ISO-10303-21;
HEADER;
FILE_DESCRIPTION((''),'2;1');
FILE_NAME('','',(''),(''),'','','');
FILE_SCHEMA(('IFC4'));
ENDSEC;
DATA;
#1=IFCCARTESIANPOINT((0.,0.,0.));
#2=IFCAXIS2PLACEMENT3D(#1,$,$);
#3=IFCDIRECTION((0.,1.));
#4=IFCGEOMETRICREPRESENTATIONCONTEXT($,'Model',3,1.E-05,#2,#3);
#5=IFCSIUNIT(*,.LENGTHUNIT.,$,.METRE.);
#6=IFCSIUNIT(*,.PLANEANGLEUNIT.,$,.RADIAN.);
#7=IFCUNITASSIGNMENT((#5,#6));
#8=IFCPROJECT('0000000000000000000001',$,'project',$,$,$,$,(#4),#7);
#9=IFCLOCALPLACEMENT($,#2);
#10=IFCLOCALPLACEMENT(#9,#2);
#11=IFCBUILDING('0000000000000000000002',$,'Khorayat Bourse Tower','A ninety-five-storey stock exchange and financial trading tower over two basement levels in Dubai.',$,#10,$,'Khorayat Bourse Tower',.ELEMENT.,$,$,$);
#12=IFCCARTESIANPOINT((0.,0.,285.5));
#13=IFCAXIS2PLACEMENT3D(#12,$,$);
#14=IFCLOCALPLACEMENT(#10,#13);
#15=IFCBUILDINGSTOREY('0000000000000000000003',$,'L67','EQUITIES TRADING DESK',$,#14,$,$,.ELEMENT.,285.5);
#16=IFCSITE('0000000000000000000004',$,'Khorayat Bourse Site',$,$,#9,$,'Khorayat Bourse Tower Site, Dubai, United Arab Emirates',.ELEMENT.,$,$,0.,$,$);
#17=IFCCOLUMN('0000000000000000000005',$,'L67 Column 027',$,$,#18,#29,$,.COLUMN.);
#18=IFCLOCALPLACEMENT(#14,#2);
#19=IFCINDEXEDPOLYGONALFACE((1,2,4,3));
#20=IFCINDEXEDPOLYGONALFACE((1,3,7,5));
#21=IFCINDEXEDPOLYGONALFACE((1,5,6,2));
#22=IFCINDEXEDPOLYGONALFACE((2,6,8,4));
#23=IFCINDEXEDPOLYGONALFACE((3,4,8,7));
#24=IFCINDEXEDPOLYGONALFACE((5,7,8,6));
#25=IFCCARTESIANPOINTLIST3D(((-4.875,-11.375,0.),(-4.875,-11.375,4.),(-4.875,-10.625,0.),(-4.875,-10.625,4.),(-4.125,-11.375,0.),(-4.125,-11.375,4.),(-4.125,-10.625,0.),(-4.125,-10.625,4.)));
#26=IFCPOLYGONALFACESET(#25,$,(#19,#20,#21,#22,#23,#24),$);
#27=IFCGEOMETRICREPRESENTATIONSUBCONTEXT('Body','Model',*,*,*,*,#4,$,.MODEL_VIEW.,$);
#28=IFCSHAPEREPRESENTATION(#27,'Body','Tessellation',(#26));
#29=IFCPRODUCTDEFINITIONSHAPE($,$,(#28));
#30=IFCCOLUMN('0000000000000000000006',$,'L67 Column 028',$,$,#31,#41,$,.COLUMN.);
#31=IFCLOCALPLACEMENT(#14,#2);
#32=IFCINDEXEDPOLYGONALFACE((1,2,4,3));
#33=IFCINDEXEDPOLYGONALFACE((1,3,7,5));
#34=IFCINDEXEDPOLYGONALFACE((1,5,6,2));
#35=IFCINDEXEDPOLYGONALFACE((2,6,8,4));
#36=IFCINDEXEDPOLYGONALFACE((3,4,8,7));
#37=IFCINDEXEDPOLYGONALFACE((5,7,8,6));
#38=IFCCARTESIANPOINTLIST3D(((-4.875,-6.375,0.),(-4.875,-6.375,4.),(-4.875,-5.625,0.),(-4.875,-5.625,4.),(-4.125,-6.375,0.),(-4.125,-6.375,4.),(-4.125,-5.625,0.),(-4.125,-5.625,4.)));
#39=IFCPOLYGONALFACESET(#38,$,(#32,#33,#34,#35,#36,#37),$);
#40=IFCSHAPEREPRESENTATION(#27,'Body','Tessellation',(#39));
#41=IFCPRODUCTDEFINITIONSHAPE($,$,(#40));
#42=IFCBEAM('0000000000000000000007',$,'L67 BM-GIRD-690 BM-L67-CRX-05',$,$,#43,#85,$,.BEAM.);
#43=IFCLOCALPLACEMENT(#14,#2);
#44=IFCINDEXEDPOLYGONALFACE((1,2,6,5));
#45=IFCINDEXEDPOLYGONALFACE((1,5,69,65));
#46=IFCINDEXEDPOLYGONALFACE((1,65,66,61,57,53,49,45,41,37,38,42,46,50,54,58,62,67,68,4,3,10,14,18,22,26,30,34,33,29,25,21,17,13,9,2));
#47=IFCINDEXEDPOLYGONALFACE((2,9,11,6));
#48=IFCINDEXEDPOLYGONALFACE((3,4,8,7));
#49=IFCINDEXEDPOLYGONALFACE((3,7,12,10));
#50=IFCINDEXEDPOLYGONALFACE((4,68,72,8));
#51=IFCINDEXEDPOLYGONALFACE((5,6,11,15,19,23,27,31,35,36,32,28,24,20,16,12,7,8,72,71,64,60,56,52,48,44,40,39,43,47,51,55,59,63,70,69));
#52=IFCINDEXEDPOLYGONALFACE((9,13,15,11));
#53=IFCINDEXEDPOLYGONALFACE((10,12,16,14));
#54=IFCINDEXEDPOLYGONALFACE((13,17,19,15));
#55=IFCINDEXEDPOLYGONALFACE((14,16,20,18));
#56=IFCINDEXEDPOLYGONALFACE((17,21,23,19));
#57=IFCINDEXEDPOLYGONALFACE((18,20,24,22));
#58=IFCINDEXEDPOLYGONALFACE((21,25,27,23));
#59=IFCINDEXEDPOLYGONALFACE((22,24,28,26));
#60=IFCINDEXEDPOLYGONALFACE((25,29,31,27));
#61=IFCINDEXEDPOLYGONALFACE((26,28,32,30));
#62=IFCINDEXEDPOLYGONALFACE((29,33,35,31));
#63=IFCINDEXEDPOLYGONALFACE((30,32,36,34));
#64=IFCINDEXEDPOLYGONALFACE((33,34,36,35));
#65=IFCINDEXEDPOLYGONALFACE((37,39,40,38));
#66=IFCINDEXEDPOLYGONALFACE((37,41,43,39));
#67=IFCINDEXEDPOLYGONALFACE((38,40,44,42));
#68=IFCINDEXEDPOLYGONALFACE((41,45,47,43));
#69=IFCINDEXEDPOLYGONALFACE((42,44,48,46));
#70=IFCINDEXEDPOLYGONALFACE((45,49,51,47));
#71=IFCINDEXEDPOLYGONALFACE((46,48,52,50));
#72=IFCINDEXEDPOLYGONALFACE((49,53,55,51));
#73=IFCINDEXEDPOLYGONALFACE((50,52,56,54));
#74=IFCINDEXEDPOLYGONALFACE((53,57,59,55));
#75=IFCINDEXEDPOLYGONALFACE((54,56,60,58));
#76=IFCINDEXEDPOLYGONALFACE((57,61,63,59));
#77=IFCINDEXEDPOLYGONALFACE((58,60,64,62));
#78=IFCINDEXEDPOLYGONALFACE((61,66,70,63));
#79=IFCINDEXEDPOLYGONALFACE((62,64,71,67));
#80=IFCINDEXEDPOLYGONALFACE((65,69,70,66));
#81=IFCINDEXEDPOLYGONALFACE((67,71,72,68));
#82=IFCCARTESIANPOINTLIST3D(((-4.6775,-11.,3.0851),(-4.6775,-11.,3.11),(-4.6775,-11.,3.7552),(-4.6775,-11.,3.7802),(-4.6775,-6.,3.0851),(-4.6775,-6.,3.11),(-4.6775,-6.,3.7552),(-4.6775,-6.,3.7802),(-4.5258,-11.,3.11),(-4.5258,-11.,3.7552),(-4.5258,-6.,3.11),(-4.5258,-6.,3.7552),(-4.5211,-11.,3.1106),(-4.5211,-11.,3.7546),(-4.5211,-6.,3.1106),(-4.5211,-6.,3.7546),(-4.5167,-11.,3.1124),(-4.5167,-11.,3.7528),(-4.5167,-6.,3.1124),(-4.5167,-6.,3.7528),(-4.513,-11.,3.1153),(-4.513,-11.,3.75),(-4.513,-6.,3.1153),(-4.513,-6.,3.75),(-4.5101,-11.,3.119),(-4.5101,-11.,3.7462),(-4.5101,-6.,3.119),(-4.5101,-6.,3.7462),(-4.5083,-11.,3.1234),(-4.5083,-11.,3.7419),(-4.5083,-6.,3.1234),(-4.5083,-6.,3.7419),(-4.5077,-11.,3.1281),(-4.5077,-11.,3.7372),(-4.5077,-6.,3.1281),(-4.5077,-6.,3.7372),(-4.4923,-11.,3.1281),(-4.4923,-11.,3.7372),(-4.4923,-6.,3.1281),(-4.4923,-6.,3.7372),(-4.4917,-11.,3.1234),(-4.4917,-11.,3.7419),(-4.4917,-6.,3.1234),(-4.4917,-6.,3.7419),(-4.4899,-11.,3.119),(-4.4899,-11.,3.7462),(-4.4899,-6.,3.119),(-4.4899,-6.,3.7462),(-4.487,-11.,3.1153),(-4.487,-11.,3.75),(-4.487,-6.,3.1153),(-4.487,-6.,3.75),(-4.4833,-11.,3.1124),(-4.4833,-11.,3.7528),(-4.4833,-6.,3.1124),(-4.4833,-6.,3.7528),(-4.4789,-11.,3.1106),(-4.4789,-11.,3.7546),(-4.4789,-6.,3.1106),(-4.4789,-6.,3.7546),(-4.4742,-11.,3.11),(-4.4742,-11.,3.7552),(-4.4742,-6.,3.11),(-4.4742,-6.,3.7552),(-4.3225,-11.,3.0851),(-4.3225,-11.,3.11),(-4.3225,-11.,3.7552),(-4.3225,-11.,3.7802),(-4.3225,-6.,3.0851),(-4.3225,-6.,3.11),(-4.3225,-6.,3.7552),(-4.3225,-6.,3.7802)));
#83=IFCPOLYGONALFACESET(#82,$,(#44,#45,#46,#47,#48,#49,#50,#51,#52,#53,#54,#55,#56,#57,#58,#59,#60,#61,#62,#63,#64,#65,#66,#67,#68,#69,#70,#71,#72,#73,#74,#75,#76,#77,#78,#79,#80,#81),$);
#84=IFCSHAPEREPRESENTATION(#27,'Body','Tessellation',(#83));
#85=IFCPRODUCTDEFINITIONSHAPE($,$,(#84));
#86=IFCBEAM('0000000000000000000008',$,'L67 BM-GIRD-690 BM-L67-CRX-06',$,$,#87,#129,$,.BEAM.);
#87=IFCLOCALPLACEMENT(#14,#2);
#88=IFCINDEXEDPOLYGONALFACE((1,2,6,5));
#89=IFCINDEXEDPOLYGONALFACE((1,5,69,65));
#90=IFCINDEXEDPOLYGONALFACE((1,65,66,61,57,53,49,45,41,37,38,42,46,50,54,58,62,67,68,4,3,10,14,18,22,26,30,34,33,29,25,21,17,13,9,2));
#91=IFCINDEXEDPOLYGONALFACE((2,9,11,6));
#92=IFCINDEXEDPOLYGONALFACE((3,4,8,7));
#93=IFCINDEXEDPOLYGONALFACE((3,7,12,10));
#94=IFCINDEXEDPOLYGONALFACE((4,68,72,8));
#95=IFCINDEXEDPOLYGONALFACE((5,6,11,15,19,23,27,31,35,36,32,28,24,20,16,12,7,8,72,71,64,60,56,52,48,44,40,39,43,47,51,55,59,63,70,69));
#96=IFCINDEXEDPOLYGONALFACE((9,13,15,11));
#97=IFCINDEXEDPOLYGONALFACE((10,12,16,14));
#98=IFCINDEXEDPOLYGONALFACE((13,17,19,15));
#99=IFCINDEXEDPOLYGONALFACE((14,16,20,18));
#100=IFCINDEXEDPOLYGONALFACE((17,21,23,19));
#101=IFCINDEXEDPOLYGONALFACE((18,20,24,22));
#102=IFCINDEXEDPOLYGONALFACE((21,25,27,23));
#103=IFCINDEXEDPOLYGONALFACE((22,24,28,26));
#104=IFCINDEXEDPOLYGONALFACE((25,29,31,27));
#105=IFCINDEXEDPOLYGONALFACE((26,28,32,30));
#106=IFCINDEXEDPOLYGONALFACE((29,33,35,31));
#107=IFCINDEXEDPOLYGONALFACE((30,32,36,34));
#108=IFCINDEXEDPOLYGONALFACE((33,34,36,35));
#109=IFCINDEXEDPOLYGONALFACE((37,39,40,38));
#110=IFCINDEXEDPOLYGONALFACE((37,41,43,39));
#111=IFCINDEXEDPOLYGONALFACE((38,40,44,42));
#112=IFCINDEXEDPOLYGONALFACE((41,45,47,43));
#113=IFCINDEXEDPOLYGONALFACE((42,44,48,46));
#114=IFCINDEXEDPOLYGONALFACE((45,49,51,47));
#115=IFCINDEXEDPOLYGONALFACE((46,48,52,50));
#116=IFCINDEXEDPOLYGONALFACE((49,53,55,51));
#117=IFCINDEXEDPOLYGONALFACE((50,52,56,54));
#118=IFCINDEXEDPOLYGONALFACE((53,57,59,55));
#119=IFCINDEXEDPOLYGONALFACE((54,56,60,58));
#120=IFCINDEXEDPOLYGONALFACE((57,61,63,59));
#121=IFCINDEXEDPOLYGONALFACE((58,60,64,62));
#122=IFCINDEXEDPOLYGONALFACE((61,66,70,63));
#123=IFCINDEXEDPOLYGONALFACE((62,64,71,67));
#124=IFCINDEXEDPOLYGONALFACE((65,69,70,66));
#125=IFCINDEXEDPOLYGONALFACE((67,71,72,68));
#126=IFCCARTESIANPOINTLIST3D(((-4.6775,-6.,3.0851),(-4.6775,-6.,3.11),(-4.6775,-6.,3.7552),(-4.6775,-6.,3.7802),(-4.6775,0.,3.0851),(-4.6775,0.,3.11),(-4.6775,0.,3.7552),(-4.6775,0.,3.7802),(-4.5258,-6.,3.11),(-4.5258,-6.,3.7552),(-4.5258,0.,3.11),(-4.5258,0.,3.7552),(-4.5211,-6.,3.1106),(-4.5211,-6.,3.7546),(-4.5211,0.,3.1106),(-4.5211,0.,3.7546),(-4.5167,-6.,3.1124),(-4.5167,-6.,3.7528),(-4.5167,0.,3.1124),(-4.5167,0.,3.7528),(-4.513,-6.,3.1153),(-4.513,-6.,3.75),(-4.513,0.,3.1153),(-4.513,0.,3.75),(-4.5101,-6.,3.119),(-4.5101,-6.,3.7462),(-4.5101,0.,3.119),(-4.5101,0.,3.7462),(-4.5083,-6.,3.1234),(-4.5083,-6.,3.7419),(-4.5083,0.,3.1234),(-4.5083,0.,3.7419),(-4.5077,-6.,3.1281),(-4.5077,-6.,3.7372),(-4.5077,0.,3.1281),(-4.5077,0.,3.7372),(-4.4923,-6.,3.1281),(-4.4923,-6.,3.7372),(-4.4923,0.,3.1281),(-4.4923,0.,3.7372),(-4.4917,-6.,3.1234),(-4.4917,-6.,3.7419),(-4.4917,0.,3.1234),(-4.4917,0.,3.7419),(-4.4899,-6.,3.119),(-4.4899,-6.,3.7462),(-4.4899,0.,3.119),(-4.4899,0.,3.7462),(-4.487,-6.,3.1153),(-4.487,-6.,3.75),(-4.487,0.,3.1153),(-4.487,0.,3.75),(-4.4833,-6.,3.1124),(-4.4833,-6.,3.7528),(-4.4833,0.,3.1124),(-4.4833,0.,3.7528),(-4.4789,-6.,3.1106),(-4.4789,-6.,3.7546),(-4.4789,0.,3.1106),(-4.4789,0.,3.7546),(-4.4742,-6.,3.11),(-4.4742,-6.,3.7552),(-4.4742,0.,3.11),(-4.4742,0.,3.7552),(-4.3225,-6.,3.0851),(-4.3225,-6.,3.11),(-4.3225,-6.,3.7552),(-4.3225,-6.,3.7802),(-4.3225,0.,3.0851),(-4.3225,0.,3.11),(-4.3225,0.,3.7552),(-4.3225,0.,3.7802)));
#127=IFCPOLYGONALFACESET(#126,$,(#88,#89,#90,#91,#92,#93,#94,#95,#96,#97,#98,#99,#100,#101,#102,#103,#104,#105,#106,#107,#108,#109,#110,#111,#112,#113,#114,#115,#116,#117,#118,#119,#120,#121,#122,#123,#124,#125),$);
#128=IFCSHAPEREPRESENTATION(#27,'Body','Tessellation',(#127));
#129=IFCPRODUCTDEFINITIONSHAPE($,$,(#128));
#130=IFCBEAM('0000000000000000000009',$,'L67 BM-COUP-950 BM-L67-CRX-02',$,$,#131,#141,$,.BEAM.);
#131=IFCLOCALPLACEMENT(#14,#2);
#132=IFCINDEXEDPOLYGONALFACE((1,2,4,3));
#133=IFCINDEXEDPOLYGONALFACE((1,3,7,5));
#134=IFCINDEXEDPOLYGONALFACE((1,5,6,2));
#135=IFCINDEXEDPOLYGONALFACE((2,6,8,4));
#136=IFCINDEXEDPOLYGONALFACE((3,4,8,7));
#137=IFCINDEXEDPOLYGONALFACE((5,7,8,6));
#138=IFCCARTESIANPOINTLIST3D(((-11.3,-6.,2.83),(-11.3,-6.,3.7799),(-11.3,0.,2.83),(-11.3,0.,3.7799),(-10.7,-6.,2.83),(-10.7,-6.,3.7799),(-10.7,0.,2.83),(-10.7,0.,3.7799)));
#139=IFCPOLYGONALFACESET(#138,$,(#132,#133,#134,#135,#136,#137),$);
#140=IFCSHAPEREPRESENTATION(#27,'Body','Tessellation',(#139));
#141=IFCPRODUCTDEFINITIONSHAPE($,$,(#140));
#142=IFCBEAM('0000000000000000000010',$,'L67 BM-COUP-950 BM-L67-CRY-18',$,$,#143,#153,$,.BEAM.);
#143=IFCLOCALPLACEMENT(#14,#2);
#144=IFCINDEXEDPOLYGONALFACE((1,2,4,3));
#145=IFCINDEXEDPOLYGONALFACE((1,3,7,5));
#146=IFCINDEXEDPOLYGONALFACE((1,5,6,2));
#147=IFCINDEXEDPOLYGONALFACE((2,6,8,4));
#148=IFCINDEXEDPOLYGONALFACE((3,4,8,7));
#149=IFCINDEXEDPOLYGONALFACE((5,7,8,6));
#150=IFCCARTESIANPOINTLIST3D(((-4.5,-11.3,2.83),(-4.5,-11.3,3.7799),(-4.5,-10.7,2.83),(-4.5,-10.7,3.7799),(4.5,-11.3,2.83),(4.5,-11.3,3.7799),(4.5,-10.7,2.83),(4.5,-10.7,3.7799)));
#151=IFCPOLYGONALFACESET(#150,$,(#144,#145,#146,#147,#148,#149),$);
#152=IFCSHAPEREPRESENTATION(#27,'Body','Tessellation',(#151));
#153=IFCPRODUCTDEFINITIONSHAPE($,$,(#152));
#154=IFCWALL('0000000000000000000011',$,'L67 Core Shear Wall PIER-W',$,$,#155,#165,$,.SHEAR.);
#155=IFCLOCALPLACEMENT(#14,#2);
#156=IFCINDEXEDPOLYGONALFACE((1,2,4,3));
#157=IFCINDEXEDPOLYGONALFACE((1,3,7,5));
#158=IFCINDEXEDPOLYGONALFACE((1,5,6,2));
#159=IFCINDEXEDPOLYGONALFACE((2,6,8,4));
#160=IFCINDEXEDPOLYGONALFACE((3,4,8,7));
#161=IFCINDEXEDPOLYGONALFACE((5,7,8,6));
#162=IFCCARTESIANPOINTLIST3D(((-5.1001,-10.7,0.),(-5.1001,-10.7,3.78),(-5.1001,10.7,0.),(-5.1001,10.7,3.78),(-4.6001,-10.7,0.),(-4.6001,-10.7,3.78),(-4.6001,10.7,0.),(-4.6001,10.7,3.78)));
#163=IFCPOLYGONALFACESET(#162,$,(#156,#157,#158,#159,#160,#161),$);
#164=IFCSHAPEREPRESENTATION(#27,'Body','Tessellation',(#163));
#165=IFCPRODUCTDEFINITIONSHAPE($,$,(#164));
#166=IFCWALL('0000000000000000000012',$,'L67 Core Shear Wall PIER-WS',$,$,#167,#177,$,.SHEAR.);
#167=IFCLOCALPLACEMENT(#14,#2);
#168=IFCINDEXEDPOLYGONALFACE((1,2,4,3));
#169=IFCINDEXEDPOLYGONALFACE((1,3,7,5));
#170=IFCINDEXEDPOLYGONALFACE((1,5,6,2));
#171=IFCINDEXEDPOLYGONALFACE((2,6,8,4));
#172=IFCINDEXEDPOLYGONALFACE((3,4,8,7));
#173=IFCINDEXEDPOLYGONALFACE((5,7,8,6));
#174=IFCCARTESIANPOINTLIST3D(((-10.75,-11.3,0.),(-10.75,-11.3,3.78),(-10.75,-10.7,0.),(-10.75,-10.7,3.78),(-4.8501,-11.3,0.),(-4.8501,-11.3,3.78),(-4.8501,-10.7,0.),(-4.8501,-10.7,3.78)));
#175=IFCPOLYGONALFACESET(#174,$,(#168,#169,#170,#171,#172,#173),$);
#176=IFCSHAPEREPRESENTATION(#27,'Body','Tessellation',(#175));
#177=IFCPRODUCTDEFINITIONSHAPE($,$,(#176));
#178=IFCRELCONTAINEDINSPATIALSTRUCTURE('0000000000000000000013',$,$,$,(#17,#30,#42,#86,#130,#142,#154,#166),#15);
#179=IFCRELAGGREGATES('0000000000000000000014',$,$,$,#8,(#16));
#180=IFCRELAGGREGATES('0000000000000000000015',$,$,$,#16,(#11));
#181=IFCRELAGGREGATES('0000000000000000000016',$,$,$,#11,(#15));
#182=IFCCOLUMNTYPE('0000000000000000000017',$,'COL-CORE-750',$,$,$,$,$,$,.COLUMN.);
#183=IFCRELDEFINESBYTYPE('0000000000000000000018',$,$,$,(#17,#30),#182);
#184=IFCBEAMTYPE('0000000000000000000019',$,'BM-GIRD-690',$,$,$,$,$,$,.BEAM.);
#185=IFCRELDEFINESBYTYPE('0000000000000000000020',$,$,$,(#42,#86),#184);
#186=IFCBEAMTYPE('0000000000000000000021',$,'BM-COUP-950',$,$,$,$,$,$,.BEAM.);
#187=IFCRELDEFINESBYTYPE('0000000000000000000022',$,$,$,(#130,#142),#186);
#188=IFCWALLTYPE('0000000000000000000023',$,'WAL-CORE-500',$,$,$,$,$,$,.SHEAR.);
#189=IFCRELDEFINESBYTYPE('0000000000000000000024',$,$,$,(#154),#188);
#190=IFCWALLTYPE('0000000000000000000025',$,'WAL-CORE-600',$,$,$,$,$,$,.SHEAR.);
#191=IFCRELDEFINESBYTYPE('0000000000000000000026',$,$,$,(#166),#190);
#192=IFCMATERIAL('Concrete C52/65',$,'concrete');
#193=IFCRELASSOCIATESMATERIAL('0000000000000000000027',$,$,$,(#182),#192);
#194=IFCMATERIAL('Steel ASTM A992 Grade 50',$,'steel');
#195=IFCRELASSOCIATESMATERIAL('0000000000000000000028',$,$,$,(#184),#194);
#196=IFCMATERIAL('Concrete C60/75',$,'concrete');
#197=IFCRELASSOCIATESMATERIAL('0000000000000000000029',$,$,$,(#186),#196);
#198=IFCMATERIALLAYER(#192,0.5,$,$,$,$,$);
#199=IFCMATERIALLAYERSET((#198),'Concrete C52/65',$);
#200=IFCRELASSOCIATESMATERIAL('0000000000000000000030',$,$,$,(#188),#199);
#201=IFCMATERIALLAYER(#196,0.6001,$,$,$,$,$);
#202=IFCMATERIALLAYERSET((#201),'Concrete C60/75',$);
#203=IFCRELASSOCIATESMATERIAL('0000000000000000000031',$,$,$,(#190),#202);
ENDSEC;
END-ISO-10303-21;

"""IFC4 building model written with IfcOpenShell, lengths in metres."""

from ifc_helpers import new_model, si_unit, direction, frame, frame_2d, origin, origin_2d, place, context, subcontext, project, spatial, rectangle, i_section, extrude, source, transform, mapped, material, layer, layer_set, material_profile, profile_set, type_object, element, save


model = new_model("IFC4")

# Units and contexts
model_context = context("Model", 3, precision=1e-05, world=origin(), true_north=direction((0.0, 1.0)))
body_context = subcontext(model_context, "Body", "Model", "MODEL_VIEW")
ifc_project = project(units=[si_unit("LENGTHUNIT", "METRE"), si_unit("PLANEANGLEUNIT", "RADIAN")], contexts=[model_context])

# Site, building, storey
site_placement = place(None, origin())
site = spatial("IfcSite", under=ifc_project, at=site_placement, Name="Khorayat Bourse Site", LongName="Khorayat Bourse Tower Site, Dubai, United Arab Emirates", CompositionType="ELEMENT", RefElevation=0.0)
building_placement = place(site_placement, origin())
building = spatial("IfcBuilding", under=site, at=building_placement, Name="Khorayat Bourse Tower", Description="A ninety-five-storey stock exchange and financial trading tower over two basement levels in Dubai.", LongName="Khorayat Bourse Tower", CompositionType="ELEMENT")
storey_placement = place(building_placement, frame((0.0, 0.0, 285.5)))
storey = spatial("IfcBuildingStorey", under=building, at=storey_placement, Name="L67", Description="EQUITIES TRADING DESK", CompositionType="ELEMENT", Elevation=285.5)

# Columns
ifc_material_1 = material(Name="Concrete C52/65", Category="concrete")
ifc_material_profile_1 = material_profile(ifc_material_1, rectangle(XDim=0.75, YDim=0.75, at=origin_2d()), Name="RC 750x750")
ifc_profile_set_1 = profile_set([ifc_material_profile_1], Name="Concrete C52/65")
column_type = type_object("IfcColumnType", Name="COL-CORE-750", PredefinedType="COLUMN", material=ifc_profile_set_1)
shared_shape_1 = source(origin(), body_context, "Body", "SweptSolid", [
    extrude(rectangle(XDim=0.75, YDim=0.75, at=origin_2d()), origin(), (0.0, 0.0, 1.0), 4.0),
])
for number, where, z_axis, x_axis, name in (
    (1, (-4.5, -11.0, 0.0), (0.0, 0.0, 1.0), (1.0, 0.0, 0.0), "L67 Column 027"),
    (2, (-4.5, -6.0, 0.0), (0.0, 0.0, 1.0), (1.0, 0.0, 0.0), "L67 Column 028"),
):
    element("IfcColumn", number, at=place(storey_placement, frame(where, z_axis=z_axis, x_axis=x_axis)), inside=storey, type_object=column_type, Name=name, PredefinedType="COLUMN", context=body_context, shape_type="MappedRepresentation", body=[
        mapped(shared_shape_1, transform((0.0, 0.0, 0.0), scale=1.0)),
    ])

# Beams
ifc_material_2 = material(Name="Steel ASTM A992 Grade 50", Category="steel")
ifc_material_profile_2 = material_profile(ifc_material_2, i_section(OverallWidth=0.355, OverallDepth=0.6951, WebThickness=0.0154, FlangeThickness=0.0249, FilletRadius=0.0181, at=origin_2d()), Name="W690X217")
ifc_profile_set_2 = profile_set([ifc_material_profile_2], Name="Steel ASTM A992 Grade 50")
beam_type_1 = type_object("IfcBeamType", Name="BM-GIRD-690", PredefinedType="BEAM", material=ifc_profile_set_2)
shared_shape_2 = source(origin(), body_context, "Body", "SweptSolid", [
    extrude(i_section(OverallWidth=0.355, OverallDepth=0.6951, WebThickness=0.0154, FlangeThickness=0.0249, FilletRadius=0.0181, at=origin_2d()), origin(), (0.0, 0.0, 1.0), 5.0),
])
beam_1_placement = place(storey_placement, frame((-4.5, -11.0, 3.4326), z_axis=(0.0, 1.0, 0.0), x_axis=(-1.0, 0.0, 0.0)))
element("IfcBeam", 3, at=beam_1_placement, inside=storey, type_object=beam_type_1, Name="L67 BM-GIRD-690 BM-L67-CRX-05", PredefinedType="BEAM", context=body_context, shape_type="MappedRepresentation", body=[
    mapped(shared_shape_2, transform((0.0, 0.0, 0.0), scale=1.0)),
])
shared_shape_3 = source(origin(), body_context, "Body", "SweptSolid", [
    extrude(i_section(OverallWidth=0.355, OverallDepth=0.6951, WebThickness=0.0154, FlangeThickness=0.0249, FilletRadius=0.0181, at=origin_2d()), origin(), (0.0, 0.0, 1.0), 6.0),
])
beam_2_placement = place(storey_placement, frame((-4.5, -6.0, 3.4326), z_axis=(0.0, 1.0, 0.0), x_axis=(-1.0, 0.0, 0.0)))
element("IfcBeam", 4, at=beam_2_placement, inside=storey, type_object=beam_type_1, Name="L67 BM-GIRD-690 BM-L67-CRX-06", PredefinedType="BEAM", context=body_context, shape_type="MappedRepresentation", body=[
    mapped(shared_shape_3, transform((0.0, 0.0, 0.0), scale=1.0)),
])
ifc_material_3 = material(Name="Concrete C60/75", Category="concrete")
ifc_material_profile_3 = material_profile(ifc_material_3, rectangle(XDim=0.6001, YDim=0.95, at=origin_2d()), Name="RC 600x950")
ifc_profile_set_3 = profile_set([ifc_material_profile_3], Name="Concrete C60/75")
beam_type_2 = type_object("IfcBeamType", Name="BM-COUP-950", PredefinedType="BEAM", material=ifc_profile_set_3)
shared_shape_4 = source(origin(), body_context, "Body", "SweptSolid", [
    extrude(rectangle(XDim=0.6001, YDim=0.95, at=origin_2d()), origin(), (0.0, 0.0, 1.0), 6.0),
])
beam_3_placement = place(storey_placement, frame((-11.0, -6.0, 3.3049), z_axis=(0.0, 1.0, 0.0), x_axis=(-1.0, 0.0, 0.0)))
element("IfcBeam", 5, at=beam_3_placement, inside=storey, type_object=beam_type_2, Name="L67 BM-COUP-950 BM-L67-CRX-02", PredefinedType="BEAM", context=body_context, shape_type="MappedRepresentation", body=[
    mapped(shared_shape_4, transform((0.0, 0.0, 0.0), scale=1.0)),
])
shared_shape_5 = source(origin(), body_context, "Body", "SweptSolid", [
    extrude(rectangle(XDim=0.6001, YDim=0.95, at=origin_2d()), origin(), (0.0, 0.0, 1.0), 9.0),
])
beam_4_placement = place(storey_placement, frame((-4.5, -11.0, 3.3049), z_axis=(1.0, 0.0, 0.0), x_axis=(0.0, 1.0, 0.0)))
element("IfcBeam", 6, at=beam_4_placement, inside=storey, type_object=beam_type_2, Name="L67 BM-COUP-950 BM-L67-CRY-18", PredefinedType="BEAM", context=body_context, shape_type="MappedRepresentation", body=[
    mapped(shared_shape_5, transform((0.0, 0.0, 0.0), scale=1.0)),
])

# Walls
ifc_layer_1 = layer(ifc_material_1, 0.5)
ifc_layer_set_1 = layer_set([ifc_layer_1], Name="Concrete C52/65")
wall_type_1 = type_object("IfcWallType", Name="WAL-CORE-500", PredefinedType="SHEAR", material=ifc_layer_set_1)
shared_shape_6 = source(origin(), body_context, "Body", "SweptSolid", [
    extrude(rectangle(XDim=21.3999, YDim=0.5, at=frame_2d((10.7, 0.0))), origin(), (0.0, 0.0, 1.0), 3.78),
])
wall_1_placement = place(storey_placement, frame((-4.8501, -10.7, 0.0), z_axis=(0.0, 0.0, 1.0), x_axis=(0.0, 1.0, 0.0)))
element("IfcWall", 7, at=wall_1_placement, inside=storey, type_object=wall_type_1, Name="L67 Core Shear Wall PIER-W", PredefinedType="SHEAR", context=body_context, shape_type="MappedRepresentation", body=[
    mapped(shared_shape_6, transform((0.0, 0.0, 0.0), scale=1.0)),
])
ifc_layer_2 = layer(ifc_material_3, 0.6001)
ifc_layer_set_2 = layer_set([ifc_layer_2], Name="Concrete C60/75")
wall_type_2 = type_object("IfcWallType", Name="WAL-CORE-600", PredefinedType="SHEAR", material=ifc_layer_set_2)
shared_shape_7 = source(origin(), body_context, "Body", "SweptSolid", [
    extrude(rectangle(XDim=5.8999, YDim=0.6001, at=frame_2d((2.95, 0.0))), origin(), (0.0, 0.0, 1.0), 3.78),
])
wall_2_placement = place(storey_placement, frame((-10.75, -11.0, 0.0), z_axis=(0.0, 0.0, 1.0), x_axis=(1.0, 0.0, 0.0)))
element("IfcWall", 8, at=wall_2_placement, inside=storey, type_object=wall_type_2, Name="L67 Core Shear Wall PIER-WS", PredefinedType="SHEAR", context=body_context, shape_type="MappedRepresentation", body=[
    mapped(shared_shape_7, transform((0.0, 0.0, 0.0), scale=1.0)),
])

save(model, "model.ifc")
